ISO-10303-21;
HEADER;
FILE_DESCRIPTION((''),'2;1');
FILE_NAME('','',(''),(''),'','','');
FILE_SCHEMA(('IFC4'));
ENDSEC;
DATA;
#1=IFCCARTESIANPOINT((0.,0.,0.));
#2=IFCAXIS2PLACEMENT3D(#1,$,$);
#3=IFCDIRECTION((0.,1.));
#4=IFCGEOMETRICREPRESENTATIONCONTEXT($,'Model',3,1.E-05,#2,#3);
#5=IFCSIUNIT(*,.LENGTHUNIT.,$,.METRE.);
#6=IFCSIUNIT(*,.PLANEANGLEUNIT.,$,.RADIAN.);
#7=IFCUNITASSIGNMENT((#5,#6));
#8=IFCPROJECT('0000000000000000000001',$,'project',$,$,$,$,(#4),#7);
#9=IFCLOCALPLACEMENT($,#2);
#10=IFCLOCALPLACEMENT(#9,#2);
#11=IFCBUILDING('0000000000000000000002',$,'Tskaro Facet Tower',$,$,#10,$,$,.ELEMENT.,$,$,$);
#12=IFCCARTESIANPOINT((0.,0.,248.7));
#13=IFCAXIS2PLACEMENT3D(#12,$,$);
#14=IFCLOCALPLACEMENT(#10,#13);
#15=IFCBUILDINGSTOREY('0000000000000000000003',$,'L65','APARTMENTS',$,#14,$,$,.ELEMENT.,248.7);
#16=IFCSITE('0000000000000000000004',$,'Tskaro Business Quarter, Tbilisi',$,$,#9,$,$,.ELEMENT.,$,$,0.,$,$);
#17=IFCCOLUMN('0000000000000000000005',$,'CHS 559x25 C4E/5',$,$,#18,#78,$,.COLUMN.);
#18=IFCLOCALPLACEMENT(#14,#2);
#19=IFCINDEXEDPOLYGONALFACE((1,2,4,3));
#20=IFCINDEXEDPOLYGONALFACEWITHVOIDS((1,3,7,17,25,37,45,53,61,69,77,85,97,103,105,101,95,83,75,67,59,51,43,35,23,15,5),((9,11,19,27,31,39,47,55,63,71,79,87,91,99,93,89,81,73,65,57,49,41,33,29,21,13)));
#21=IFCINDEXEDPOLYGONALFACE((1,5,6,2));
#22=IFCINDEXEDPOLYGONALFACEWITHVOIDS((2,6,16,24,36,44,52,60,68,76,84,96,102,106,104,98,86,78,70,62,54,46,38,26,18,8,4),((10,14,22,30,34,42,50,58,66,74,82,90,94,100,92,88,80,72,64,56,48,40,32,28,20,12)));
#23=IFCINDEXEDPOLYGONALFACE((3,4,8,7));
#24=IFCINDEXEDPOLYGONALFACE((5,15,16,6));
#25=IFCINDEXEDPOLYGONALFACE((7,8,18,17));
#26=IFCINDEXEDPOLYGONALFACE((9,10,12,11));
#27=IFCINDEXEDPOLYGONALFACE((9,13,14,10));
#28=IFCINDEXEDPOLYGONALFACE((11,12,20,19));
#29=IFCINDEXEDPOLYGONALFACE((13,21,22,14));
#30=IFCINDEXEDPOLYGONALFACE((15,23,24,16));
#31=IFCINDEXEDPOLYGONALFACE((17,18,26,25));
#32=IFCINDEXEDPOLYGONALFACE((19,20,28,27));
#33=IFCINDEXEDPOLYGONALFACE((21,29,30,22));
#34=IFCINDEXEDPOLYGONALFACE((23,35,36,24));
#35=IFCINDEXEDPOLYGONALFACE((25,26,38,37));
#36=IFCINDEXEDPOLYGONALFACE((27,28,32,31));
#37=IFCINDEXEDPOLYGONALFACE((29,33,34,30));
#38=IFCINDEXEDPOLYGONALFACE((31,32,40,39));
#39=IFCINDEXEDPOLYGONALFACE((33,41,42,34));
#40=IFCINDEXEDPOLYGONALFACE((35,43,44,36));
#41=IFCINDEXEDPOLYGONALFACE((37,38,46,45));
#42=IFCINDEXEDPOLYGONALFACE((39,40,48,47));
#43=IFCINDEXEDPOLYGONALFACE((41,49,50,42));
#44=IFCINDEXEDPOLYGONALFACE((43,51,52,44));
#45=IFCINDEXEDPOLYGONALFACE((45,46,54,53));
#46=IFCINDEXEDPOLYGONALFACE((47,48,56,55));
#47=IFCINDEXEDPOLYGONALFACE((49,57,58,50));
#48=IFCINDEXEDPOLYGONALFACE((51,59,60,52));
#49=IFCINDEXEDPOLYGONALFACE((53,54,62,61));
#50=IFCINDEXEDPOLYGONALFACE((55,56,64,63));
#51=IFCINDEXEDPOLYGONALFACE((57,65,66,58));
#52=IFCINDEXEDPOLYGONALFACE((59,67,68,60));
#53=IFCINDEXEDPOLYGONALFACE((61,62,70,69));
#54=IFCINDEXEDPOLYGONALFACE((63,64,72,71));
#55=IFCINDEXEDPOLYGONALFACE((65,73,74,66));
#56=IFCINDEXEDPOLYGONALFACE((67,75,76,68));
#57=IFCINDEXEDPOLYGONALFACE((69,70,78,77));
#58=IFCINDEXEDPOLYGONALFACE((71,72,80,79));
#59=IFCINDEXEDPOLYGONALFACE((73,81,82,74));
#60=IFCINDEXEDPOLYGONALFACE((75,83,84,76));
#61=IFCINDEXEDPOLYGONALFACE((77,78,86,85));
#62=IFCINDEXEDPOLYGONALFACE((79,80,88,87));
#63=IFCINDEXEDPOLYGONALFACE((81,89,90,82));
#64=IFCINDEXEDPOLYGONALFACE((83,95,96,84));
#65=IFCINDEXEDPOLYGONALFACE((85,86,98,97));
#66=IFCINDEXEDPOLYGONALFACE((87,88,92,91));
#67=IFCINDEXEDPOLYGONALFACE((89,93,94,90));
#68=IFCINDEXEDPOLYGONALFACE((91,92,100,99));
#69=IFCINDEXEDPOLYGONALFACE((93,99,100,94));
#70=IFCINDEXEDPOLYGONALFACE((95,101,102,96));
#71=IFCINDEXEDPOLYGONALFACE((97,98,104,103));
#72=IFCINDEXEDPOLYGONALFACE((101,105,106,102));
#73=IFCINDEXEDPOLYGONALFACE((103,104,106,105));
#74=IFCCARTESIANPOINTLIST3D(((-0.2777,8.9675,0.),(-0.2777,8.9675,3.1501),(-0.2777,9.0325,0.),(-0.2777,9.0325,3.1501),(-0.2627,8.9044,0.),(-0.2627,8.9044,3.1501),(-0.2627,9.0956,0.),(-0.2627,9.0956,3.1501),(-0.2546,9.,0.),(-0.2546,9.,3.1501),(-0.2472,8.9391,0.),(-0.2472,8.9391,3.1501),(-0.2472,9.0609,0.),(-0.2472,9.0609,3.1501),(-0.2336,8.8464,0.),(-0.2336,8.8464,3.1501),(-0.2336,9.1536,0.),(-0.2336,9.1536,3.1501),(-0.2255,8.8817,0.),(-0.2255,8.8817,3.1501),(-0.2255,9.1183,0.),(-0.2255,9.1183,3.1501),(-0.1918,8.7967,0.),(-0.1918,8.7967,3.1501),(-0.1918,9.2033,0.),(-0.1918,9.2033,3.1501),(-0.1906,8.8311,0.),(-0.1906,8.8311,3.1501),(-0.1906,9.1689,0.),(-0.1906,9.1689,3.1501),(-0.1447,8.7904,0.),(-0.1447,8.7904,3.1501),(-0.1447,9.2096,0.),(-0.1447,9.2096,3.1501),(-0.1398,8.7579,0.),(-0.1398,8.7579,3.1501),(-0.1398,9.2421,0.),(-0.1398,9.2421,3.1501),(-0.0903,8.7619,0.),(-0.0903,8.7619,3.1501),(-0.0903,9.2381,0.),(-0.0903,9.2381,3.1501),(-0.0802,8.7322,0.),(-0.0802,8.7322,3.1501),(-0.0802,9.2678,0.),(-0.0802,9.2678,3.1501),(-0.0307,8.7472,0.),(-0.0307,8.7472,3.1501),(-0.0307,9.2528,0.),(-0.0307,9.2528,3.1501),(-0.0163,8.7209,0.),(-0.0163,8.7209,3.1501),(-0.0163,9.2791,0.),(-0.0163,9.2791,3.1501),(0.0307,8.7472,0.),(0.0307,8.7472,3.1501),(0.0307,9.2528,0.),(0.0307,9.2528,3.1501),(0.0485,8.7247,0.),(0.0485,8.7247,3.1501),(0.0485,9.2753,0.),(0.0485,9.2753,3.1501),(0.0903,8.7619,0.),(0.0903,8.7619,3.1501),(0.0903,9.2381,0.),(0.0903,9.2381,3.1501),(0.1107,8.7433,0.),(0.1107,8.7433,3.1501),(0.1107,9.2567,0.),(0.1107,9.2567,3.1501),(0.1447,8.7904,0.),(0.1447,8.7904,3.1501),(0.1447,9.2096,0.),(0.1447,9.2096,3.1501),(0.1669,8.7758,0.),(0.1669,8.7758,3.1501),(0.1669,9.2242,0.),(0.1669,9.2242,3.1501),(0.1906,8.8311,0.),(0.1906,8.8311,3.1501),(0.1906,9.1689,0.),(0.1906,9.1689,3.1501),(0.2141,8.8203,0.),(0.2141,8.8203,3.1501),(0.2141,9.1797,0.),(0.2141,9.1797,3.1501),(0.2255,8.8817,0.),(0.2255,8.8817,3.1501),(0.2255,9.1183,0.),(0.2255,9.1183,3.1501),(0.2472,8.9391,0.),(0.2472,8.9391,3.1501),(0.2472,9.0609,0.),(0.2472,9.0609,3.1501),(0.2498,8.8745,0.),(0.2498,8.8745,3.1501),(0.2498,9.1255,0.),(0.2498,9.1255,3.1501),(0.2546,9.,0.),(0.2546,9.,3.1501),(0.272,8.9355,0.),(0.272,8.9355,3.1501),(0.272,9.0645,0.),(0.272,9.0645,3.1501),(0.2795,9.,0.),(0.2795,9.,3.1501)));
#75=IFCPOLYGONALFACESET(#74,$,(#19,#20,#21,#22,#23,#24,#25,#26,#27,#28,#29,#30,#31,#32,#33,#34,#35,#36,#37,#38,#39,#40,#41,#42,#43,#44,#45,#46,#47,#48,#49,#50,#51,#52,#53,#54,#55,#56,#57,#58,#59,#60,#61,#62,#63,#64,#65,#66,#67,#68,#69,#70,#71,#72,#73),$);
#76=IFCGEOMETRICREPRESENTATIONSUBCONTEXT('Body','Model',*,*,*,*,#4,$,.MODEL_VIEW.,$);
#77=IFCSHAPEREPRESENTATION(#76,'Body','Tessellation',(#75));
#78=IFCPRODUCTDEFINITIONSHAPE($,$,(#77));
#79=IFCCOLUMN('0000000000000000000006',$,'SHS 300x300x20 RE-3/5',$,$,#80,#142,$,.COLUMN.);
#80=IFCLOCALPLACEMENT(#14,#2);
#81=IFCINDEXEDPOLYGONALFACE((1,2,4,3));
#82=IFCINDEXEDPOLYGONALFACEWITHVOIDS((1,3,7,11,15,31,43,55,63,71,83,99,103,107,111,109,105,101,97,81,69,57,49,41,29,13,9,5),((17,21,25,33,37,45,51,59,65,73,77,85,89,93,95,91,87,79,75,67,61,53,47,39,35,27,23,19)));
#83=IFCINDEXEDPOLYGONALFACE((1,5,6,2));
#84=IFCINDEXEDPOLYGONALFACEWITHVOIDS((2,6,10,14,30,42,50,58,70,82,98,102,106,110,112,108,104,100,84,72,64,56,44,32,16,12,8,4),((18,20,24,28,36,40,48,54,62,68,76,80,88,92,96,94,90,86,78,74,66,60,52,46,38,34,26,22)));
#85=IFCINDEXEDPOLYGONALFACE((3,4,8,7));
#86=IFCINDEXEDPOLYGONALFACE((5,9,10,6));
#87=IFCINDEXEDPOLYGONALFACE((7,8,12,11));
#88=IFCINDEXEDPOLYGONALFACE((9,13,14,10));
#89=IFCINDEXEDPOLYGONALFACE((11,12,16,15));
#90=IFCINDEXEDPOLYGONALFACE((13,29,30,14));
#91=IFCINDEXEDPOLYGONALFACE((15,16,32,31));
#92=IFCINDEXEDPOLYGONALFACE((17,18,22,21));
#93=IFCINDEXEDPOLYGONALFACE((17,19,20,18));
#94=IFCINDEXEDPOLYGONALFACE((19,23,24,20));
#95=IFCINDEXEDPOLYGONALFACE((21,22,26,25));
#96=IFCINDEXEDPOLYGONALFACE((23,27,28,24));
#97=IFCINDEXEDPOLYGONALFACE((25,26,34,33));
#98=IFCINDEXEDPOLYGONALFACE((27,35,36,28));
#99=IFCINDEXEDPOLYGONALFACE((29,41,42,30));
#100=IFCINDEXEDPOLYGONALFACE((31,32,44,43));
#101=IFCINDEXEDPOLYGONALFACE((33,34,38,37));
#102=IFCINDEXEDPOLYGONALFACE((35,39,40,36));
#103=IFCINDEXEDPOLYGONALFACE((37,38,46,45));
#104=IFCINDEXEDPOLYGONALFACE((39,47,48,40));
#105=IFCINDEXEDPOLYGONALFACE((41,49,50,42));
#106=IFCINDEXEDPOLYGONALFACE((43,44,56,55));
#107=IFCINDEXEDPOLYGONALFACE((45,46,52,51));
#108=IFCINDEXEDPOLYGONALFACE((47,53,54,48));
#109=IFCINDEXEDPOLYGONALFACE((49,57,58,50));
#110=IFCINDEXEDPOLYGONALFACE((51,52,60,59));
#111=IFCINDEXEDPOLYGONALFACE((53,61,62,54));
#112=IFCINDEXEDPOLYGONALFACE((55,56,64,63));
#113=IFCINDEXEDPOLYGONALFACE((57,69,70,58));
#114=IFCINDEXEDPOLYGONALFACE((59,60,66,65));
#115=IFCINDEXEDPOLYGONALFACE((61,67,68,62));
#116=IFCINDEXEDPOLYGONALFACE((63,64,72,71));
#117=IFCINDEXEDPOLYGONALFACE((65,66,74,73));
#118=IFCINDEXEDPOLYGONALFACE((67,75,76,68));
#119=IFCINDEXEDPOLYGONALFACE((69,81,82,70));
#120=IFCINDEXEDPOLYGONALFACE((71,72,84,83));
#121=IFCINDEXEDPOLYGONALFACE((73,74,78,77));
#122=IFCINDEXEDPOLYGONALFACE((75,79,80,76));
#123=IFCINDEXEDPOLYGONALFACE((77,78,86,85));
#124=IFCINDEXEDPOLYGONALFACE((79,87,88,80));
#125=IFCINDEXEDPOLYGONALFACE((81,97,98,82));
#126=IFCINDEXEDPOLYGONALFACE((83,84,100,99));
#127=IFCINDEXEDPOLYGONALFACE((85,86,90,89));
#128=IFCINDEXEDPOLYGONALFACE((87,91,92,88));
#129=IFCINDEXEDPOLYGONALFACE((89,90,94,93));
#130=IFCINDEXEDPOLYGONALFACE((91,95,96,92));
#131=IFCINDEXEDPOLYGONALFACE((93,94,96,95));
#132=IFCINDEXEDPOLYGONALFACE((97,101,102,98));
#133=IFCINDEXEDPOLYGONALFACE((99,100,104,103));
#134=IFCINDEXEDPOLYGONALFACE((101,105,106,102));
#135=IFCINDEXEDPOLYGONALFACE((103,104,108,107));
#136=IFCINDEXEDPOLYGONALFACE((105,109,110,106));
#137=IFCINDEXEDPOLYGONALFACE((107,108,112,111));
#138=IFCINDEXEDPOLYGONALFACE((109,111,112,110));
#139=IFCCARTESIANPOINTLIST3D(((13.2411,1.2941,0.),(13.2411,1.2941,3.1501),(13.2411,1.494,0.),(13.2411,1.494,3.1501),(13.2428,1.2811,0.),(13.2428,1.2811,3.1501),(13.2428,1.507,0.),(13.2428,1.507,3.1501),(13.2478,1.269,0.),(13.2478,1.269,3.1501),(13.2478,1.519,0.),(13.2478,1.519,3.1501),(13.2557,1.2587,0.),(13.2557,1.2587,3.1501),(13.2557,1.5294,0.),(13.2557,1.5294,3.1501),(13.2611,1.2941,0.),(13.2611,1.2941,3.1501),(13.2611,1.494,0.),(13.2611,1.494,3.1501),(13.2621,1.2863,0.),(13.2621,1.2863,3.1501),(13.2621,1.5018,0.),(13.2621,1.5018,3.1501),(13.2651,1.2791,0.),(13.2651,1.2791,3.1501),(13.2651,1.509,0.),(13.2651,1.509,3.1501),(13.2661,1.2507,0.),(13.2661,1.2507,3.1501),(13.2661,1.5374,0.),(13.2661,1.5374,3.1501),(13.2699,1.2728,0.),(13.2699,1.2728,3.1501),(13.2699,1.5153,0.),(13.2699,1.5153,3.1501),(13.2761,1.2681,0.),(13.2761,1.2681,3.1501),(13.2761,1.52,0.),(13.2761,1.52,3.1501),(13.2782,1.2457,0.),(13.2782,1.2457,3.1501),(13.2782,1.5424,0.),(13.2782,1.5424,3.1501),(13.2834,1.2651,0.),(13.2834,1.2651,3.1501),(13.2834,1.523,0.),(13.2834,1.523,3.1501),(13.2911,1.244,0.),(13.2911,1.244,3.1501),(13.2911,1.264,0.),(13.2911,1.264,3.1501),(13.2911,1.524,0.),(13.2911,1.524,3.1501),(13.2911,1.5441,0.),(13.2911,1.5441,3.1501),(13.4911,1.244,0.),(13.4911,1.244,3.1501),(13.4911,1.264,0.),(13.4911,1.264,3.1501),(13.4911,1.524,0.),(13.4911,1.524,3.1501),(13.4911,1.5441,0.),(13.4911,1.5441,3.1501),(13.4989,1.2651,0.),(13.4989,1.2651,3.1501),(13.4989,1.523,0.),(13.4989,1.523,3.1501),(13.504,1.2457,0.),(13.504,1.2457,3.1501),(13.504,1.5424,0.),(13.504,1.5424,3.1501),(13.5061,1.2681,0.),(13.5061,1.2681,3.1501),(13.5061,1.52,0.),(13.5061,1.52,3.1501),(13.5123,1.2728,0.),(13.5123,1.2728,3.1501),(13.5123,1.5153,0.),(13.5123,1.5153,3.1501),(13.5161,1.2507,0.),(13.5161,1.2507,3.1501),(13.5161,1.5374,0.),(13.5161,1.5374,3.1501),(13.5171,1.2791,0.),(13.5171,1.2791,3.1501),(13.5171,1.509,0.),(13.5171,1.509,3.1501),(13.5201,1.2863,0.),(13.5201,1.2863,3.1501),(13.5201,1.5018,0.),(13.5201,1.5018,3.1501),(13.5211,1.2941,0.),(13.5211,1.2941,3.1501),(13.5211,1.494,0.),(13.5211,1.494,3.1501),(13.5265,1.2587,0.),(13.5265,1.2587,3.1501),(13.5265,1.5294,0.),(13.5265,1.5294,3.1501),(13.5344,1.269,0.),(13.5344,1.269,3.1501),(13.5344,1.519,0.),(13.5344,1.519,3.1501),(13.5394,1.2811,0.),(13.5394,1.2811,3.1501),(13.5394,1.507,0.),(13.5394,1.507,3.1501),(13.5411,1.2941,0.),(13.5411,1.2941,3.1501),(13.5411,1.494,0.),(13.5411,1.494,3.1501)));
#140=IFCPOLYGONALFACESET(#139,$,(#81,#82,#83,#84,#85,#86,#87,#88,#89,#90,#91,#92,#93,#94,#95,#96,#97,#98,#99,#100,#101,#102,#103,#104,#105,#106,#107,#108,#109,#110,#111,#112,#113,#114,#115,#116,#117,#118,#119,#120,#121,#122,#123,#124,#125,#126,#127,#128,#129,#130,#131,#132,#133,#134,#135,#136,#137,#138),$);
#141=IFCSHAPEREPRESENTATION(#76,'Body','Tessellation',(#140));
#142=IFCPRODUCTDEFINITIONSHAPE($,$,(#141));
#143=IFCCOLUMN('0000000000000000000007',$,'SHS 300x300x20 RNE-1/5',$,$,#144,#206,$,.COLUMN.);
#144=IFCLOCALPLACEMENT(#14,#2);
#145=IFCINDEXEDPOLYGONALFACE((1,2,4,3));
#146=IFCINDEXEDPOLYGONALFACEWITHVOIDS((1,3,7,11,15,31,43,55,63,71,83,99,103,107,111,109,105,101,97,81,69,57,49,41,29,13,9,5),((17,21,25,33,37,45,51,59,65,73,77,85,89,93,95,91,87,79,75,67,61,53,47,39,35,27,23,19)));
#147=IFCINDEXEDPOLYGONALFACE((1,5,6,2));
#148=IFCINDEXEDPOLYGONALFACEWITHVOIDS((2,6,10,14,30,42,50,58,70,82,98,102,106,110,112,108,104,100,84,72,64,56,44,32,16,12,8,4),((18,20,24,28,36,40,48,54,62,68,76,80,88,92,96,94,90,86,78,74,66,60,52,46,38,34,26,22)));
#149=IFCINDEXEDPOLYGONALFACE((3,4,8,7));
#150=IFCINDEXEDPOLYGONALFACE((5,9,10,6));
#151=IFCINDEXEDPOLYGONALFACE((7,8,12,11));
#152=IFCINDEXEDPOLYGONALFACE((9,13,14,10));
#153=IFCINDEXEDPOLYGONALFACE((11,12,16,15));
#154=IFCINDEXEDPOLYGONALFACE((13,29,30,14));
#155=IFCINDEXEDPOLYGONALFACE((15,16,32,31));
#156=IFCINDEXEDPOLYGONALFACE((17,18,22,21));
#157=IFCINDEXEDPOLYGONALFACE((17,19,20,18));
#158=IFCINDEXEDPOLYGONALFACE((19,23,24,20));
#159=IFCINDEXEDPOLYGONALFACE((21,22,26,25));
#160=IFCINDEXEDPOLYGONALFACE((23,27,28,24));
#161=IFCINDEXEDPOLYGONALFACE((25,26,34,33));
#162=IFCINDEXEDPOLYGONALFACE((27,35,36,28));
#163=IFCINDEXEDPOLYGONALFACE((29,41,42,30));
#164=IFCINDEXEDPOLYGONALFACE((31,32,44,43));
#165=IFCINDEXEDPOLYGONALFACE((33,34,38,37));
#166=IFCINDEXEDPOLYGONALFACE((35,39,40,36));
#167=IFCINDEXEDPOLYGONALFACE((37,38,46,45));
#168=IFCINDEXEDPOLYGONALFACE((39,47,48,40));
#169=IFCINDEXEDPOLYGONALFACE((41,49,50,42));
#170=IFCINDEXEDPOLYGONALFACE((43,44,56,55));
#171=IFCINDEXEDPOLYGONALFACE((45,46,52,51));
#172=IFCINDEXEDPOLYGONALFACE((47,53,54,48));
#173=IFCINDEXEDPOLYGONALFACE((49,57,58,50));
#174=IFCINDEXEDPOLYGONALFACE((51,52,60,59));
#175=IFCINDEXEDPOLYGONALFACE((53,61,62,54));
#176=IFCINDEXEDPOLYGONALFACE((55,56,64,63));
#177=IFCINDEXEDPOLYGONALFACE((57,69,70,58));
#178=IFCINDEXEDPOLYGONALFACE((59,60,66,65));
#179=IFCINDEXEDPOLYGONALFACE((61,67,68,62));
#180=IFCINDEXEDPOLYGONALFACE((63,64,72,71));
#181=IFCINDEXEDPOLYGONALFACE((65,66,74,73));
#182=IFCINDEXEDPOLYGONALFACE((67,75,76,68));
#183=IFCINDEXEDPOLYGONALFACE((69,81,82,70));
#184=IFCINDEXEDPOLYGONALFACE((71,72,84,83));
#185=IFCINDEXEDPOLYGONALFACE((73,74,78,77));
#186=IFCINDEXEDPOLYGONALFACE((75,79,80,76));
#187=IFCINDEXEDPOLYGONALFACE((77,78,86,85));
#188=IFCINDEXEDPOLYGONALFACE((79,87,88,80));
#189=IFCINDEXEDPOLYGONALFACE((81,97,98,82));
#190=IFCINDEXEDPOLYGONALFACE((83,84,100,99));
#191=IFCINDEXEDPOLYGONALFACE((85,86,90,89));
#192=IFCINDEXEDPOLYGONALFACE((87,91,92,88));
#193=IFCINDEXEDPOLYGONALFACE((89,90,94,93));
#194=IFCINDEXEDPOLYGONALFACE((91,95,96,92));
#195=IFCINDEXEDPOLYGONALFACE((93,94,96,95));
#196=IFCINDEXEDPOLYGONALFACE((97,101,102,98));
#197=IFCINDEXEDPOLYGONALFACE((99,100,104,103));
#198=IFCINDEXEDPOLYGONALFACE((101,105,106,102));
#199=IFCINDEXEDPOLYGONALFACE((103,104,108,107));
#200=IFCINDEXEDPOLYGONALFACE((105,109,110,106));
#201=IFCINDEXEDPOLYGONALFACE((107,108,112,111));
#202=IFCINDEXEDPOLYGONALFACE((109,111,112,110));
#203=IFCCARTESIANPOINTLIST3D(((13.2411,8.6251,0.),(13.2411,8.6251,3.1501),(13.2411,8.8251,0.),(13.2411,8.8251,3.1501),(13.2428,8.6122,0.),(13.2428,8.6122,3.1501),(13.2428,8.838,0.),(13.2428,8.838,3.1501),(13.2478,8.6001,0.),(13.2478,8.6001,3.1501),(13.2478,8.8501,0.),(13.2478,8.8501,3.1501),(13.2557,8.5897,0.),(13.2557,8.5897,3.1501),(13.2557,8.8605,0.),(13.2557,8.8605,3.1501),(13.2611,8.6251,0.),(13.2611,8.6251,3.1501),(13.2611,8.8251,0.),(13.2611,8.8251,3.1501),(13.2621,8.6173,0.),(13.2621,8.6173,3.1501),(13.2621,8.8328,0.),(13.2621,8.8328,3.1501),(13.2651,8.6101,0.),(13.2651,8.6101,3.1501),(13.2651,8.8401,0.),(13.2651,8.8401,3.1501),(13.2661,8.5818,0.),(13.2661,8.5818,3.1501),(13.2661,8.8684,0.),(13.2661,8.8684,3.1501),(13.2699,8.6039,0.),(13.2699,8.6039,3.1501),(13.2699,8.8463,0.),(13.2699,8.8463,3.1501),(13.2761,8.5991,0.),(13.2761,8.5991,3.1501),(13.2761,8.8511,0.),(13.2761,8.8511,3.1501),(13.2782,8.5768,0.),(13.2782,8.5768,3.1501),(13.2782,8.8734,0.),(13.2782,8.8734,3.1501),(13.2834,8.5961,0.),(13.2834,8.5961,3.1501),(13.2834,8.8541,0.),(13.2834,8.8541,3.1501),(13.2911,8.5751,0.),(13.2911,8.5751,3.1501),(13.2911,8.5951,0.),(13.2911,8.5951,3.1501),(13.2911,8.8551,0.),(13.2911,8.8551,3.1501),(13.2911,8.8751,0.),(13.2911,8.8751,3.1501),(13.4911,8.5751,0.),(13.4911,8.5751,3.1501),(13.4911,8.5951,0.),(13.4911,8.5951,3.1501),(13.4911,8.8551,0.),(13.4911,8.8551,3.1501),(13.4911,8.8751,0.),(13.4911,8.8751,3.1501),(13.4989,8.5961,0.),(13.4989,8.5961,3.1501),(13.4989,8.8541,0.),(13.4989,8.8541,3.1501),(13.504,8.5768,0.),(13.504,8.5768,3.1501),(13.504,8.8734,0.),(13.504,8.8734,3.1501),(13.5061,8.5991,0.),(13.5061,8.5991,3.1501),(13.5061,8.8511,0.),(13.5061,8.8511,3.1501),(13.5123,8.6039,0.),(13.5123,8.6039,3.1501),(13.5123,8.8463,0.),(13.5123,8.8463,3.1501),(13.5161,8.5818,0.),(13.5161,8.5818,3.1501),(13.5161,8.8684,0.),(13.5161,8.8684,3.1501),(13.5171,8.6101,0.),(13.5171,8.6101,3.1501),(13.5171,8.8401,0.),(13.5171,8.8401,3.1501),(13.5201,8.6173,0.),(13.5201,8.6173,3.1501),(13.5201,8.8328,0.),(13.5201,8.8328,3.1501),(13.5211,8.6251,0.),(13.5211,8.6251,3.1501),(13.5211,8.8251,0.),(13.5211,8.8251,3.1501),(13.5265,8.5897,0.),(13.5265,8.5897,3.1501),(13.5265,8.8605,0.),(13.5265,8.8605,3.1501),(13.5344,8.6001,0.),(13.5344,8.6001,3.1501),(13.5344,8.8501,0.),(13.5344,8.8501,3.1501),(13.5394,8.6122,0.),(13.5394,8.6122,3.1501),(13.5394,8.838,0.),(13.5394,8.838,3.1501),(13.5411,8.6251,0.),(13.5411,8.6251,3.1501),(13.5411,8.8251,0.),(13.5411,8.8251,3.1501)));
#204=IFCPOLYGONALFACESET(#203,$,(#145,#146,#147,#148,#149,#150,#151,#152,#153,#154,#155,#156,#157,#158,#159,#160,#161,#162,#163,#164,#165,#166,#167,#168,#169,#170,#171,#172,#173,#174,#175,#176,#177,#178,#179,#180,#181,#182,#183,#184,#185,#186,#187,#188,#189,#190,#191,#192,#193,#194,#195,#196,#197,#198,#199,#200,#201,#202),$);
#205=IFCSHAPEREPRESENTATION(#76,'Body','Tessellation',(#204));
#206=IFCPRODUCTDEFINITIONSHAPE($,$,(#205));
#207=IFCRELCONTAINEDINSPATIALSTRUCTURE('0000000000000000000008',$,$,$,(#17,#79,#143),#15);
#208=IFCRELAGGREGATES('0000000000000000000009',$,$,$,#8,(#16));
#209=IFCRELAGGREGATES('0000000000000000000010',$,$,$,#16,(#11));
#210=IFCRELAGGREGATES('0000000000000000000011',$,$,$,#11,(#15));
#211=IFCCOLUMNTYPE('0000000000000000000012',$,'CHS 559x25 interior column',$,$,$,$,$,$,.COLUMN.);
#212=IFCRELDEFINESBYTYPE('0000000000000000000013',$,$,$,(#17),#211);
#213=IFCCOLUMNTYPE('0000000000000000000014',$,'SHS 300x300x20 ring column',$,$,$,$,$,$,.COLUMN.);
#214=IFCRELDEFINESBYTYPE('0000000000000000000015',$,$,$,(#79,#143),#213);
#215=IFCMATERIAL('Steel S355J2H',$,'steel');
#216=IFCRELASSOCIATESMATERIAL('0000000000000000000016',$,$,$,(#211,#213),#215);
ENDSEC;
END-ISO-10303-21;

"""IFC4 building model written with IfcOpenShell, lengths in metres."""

from ifc_helpers import new_model, si_unit, direction, frame, origin, origin_2d, place, context, subcontext, project, spatial, hollow_rectangle, hollow_circle, extrude, material, material_profile, profile_set, type_object, element, save


model = new_model("IFC4")

# Units and contexts
model_context = context("Model", 3, precision=1e-05, world=origin(), true_north=direction((0.0, 1.0)))
body_context = subcontext(model_context, "Body", "Model", "MODEL_VIEW")
ifc_project = project(units=[si_unit("LENGTHUNIT", "METRE"), si_unit("PLANEANGLEUNIT", "RADIAN")], contexts=[model_context])

# Site, building, storey
site_placement = place(None, origin())
site = spatial("IfcSite", under=ifc_project, at=site_placement, Name="Tskaro Business Quarter, Tbilisi", CompositionType="ELEMENT", RefElevation=0.0)
building_placement = place(site_placement, origin())
building = spatial("IfcBuilding", under=site, at=building_placement, Name="Tskaro Facet Tower", CompositionType="ELEMENT")
storey_placement = place(building_placement, frame((0.0, 0.0, 248.7)))
storey = spatial("IfcBuildingStorey", under=building, at=storey_placement, Name="L65", Description="APARTMENTS", CompositionType="ELEMENT", Elevation=248.7)

# Columns
ifc_material_1 = material(Name="Steel S355J2H", Category="steel")
ifc_material_profile_1 = material_profile(ifc_material_1, hollow_circle(Radius=0.2795, WallThickness=0.0249, at=origin_2d()), Name="CHS 559x25")
ifc_profile_set_1 = profile_set([ifc_material_profile_1], Name="Steel S355J2H")
column_type_1 = type_object("IfcColumnType", Name="CHS 559x25 interior column", PredefinedType="COLUMN", material=ifc_profile_set_1)
column_placement = place(storey_placement, frame((0.0, 9.0, 0.0), z_axis=(0.0, 0.0, 1.0), x_axis=(1.0, 0.0, 0.0)))
element("IfcColumn", 1, at=column_placement, inside=storey, type_object=column_type_1, Name="CHS 559x25 C4E/5", PredefinedType="COLUMN", context=body_context, shape_type="SweptSolid", body=[
    extrude(hollow_circle(Radius=0.2795, WallThickness=0.0249, at=origin_2d()), origin(), (0.0, 0.0, 1.0), 3.1501),
])
ifc_material_profile_2 = material_profile(ifc_material_1, hollow_rectangle(XDim=0.3, YDim=0.3, WallThickness=0.02, InnerFilletRadius=0.03, OuterFilletRadius=0.05, at=origin_2d()), Name="SHS 300x300x20")
ifc_profile_set_2 = profile_set([ifc_material_profile_2], Name="Steel S355J2H")
column_type_2 = type_object("IfcColumnType", Name="SHS 300x300x20 ring column", PredefinedType="COLUMN", material=ifc_profile_set_2)
for number, where, z_axis, x_axis, name in (
    (2, (13.3911, 1.394, 0.0), (0.0, 0.0, 1.0), (1.0, 0.0, 0.0), "SHS 300x300x20 RE-3/5"),
    (3, (13.3911, 8.7251, 0.0), (0.0, 0.0, 1.0), (1.0, 0.0, 0.0), "SHS 300x300x20 RNE-1/5"),
):
    element("IfcColumn", number, at=place(storey_placement, frame(where, z_axis=z_axis, x_axis=x_axis)), inside=storey, type_object=column_type_2, Name=name, PredefinedType="COLUMN", context=body_context, shape_type="SweptSolid", body=[
        extrude(hollow_rectangle(XDim=0.3, YDim=0.3, WallThickness=0.02, InnerFilletRadius=0.03, OuterFilletRadius=0.05, at=origin_2d()), origin(), (0.0, 0.0, 1.0), 3.1501),
    ])

save(model, "model.ifc")
